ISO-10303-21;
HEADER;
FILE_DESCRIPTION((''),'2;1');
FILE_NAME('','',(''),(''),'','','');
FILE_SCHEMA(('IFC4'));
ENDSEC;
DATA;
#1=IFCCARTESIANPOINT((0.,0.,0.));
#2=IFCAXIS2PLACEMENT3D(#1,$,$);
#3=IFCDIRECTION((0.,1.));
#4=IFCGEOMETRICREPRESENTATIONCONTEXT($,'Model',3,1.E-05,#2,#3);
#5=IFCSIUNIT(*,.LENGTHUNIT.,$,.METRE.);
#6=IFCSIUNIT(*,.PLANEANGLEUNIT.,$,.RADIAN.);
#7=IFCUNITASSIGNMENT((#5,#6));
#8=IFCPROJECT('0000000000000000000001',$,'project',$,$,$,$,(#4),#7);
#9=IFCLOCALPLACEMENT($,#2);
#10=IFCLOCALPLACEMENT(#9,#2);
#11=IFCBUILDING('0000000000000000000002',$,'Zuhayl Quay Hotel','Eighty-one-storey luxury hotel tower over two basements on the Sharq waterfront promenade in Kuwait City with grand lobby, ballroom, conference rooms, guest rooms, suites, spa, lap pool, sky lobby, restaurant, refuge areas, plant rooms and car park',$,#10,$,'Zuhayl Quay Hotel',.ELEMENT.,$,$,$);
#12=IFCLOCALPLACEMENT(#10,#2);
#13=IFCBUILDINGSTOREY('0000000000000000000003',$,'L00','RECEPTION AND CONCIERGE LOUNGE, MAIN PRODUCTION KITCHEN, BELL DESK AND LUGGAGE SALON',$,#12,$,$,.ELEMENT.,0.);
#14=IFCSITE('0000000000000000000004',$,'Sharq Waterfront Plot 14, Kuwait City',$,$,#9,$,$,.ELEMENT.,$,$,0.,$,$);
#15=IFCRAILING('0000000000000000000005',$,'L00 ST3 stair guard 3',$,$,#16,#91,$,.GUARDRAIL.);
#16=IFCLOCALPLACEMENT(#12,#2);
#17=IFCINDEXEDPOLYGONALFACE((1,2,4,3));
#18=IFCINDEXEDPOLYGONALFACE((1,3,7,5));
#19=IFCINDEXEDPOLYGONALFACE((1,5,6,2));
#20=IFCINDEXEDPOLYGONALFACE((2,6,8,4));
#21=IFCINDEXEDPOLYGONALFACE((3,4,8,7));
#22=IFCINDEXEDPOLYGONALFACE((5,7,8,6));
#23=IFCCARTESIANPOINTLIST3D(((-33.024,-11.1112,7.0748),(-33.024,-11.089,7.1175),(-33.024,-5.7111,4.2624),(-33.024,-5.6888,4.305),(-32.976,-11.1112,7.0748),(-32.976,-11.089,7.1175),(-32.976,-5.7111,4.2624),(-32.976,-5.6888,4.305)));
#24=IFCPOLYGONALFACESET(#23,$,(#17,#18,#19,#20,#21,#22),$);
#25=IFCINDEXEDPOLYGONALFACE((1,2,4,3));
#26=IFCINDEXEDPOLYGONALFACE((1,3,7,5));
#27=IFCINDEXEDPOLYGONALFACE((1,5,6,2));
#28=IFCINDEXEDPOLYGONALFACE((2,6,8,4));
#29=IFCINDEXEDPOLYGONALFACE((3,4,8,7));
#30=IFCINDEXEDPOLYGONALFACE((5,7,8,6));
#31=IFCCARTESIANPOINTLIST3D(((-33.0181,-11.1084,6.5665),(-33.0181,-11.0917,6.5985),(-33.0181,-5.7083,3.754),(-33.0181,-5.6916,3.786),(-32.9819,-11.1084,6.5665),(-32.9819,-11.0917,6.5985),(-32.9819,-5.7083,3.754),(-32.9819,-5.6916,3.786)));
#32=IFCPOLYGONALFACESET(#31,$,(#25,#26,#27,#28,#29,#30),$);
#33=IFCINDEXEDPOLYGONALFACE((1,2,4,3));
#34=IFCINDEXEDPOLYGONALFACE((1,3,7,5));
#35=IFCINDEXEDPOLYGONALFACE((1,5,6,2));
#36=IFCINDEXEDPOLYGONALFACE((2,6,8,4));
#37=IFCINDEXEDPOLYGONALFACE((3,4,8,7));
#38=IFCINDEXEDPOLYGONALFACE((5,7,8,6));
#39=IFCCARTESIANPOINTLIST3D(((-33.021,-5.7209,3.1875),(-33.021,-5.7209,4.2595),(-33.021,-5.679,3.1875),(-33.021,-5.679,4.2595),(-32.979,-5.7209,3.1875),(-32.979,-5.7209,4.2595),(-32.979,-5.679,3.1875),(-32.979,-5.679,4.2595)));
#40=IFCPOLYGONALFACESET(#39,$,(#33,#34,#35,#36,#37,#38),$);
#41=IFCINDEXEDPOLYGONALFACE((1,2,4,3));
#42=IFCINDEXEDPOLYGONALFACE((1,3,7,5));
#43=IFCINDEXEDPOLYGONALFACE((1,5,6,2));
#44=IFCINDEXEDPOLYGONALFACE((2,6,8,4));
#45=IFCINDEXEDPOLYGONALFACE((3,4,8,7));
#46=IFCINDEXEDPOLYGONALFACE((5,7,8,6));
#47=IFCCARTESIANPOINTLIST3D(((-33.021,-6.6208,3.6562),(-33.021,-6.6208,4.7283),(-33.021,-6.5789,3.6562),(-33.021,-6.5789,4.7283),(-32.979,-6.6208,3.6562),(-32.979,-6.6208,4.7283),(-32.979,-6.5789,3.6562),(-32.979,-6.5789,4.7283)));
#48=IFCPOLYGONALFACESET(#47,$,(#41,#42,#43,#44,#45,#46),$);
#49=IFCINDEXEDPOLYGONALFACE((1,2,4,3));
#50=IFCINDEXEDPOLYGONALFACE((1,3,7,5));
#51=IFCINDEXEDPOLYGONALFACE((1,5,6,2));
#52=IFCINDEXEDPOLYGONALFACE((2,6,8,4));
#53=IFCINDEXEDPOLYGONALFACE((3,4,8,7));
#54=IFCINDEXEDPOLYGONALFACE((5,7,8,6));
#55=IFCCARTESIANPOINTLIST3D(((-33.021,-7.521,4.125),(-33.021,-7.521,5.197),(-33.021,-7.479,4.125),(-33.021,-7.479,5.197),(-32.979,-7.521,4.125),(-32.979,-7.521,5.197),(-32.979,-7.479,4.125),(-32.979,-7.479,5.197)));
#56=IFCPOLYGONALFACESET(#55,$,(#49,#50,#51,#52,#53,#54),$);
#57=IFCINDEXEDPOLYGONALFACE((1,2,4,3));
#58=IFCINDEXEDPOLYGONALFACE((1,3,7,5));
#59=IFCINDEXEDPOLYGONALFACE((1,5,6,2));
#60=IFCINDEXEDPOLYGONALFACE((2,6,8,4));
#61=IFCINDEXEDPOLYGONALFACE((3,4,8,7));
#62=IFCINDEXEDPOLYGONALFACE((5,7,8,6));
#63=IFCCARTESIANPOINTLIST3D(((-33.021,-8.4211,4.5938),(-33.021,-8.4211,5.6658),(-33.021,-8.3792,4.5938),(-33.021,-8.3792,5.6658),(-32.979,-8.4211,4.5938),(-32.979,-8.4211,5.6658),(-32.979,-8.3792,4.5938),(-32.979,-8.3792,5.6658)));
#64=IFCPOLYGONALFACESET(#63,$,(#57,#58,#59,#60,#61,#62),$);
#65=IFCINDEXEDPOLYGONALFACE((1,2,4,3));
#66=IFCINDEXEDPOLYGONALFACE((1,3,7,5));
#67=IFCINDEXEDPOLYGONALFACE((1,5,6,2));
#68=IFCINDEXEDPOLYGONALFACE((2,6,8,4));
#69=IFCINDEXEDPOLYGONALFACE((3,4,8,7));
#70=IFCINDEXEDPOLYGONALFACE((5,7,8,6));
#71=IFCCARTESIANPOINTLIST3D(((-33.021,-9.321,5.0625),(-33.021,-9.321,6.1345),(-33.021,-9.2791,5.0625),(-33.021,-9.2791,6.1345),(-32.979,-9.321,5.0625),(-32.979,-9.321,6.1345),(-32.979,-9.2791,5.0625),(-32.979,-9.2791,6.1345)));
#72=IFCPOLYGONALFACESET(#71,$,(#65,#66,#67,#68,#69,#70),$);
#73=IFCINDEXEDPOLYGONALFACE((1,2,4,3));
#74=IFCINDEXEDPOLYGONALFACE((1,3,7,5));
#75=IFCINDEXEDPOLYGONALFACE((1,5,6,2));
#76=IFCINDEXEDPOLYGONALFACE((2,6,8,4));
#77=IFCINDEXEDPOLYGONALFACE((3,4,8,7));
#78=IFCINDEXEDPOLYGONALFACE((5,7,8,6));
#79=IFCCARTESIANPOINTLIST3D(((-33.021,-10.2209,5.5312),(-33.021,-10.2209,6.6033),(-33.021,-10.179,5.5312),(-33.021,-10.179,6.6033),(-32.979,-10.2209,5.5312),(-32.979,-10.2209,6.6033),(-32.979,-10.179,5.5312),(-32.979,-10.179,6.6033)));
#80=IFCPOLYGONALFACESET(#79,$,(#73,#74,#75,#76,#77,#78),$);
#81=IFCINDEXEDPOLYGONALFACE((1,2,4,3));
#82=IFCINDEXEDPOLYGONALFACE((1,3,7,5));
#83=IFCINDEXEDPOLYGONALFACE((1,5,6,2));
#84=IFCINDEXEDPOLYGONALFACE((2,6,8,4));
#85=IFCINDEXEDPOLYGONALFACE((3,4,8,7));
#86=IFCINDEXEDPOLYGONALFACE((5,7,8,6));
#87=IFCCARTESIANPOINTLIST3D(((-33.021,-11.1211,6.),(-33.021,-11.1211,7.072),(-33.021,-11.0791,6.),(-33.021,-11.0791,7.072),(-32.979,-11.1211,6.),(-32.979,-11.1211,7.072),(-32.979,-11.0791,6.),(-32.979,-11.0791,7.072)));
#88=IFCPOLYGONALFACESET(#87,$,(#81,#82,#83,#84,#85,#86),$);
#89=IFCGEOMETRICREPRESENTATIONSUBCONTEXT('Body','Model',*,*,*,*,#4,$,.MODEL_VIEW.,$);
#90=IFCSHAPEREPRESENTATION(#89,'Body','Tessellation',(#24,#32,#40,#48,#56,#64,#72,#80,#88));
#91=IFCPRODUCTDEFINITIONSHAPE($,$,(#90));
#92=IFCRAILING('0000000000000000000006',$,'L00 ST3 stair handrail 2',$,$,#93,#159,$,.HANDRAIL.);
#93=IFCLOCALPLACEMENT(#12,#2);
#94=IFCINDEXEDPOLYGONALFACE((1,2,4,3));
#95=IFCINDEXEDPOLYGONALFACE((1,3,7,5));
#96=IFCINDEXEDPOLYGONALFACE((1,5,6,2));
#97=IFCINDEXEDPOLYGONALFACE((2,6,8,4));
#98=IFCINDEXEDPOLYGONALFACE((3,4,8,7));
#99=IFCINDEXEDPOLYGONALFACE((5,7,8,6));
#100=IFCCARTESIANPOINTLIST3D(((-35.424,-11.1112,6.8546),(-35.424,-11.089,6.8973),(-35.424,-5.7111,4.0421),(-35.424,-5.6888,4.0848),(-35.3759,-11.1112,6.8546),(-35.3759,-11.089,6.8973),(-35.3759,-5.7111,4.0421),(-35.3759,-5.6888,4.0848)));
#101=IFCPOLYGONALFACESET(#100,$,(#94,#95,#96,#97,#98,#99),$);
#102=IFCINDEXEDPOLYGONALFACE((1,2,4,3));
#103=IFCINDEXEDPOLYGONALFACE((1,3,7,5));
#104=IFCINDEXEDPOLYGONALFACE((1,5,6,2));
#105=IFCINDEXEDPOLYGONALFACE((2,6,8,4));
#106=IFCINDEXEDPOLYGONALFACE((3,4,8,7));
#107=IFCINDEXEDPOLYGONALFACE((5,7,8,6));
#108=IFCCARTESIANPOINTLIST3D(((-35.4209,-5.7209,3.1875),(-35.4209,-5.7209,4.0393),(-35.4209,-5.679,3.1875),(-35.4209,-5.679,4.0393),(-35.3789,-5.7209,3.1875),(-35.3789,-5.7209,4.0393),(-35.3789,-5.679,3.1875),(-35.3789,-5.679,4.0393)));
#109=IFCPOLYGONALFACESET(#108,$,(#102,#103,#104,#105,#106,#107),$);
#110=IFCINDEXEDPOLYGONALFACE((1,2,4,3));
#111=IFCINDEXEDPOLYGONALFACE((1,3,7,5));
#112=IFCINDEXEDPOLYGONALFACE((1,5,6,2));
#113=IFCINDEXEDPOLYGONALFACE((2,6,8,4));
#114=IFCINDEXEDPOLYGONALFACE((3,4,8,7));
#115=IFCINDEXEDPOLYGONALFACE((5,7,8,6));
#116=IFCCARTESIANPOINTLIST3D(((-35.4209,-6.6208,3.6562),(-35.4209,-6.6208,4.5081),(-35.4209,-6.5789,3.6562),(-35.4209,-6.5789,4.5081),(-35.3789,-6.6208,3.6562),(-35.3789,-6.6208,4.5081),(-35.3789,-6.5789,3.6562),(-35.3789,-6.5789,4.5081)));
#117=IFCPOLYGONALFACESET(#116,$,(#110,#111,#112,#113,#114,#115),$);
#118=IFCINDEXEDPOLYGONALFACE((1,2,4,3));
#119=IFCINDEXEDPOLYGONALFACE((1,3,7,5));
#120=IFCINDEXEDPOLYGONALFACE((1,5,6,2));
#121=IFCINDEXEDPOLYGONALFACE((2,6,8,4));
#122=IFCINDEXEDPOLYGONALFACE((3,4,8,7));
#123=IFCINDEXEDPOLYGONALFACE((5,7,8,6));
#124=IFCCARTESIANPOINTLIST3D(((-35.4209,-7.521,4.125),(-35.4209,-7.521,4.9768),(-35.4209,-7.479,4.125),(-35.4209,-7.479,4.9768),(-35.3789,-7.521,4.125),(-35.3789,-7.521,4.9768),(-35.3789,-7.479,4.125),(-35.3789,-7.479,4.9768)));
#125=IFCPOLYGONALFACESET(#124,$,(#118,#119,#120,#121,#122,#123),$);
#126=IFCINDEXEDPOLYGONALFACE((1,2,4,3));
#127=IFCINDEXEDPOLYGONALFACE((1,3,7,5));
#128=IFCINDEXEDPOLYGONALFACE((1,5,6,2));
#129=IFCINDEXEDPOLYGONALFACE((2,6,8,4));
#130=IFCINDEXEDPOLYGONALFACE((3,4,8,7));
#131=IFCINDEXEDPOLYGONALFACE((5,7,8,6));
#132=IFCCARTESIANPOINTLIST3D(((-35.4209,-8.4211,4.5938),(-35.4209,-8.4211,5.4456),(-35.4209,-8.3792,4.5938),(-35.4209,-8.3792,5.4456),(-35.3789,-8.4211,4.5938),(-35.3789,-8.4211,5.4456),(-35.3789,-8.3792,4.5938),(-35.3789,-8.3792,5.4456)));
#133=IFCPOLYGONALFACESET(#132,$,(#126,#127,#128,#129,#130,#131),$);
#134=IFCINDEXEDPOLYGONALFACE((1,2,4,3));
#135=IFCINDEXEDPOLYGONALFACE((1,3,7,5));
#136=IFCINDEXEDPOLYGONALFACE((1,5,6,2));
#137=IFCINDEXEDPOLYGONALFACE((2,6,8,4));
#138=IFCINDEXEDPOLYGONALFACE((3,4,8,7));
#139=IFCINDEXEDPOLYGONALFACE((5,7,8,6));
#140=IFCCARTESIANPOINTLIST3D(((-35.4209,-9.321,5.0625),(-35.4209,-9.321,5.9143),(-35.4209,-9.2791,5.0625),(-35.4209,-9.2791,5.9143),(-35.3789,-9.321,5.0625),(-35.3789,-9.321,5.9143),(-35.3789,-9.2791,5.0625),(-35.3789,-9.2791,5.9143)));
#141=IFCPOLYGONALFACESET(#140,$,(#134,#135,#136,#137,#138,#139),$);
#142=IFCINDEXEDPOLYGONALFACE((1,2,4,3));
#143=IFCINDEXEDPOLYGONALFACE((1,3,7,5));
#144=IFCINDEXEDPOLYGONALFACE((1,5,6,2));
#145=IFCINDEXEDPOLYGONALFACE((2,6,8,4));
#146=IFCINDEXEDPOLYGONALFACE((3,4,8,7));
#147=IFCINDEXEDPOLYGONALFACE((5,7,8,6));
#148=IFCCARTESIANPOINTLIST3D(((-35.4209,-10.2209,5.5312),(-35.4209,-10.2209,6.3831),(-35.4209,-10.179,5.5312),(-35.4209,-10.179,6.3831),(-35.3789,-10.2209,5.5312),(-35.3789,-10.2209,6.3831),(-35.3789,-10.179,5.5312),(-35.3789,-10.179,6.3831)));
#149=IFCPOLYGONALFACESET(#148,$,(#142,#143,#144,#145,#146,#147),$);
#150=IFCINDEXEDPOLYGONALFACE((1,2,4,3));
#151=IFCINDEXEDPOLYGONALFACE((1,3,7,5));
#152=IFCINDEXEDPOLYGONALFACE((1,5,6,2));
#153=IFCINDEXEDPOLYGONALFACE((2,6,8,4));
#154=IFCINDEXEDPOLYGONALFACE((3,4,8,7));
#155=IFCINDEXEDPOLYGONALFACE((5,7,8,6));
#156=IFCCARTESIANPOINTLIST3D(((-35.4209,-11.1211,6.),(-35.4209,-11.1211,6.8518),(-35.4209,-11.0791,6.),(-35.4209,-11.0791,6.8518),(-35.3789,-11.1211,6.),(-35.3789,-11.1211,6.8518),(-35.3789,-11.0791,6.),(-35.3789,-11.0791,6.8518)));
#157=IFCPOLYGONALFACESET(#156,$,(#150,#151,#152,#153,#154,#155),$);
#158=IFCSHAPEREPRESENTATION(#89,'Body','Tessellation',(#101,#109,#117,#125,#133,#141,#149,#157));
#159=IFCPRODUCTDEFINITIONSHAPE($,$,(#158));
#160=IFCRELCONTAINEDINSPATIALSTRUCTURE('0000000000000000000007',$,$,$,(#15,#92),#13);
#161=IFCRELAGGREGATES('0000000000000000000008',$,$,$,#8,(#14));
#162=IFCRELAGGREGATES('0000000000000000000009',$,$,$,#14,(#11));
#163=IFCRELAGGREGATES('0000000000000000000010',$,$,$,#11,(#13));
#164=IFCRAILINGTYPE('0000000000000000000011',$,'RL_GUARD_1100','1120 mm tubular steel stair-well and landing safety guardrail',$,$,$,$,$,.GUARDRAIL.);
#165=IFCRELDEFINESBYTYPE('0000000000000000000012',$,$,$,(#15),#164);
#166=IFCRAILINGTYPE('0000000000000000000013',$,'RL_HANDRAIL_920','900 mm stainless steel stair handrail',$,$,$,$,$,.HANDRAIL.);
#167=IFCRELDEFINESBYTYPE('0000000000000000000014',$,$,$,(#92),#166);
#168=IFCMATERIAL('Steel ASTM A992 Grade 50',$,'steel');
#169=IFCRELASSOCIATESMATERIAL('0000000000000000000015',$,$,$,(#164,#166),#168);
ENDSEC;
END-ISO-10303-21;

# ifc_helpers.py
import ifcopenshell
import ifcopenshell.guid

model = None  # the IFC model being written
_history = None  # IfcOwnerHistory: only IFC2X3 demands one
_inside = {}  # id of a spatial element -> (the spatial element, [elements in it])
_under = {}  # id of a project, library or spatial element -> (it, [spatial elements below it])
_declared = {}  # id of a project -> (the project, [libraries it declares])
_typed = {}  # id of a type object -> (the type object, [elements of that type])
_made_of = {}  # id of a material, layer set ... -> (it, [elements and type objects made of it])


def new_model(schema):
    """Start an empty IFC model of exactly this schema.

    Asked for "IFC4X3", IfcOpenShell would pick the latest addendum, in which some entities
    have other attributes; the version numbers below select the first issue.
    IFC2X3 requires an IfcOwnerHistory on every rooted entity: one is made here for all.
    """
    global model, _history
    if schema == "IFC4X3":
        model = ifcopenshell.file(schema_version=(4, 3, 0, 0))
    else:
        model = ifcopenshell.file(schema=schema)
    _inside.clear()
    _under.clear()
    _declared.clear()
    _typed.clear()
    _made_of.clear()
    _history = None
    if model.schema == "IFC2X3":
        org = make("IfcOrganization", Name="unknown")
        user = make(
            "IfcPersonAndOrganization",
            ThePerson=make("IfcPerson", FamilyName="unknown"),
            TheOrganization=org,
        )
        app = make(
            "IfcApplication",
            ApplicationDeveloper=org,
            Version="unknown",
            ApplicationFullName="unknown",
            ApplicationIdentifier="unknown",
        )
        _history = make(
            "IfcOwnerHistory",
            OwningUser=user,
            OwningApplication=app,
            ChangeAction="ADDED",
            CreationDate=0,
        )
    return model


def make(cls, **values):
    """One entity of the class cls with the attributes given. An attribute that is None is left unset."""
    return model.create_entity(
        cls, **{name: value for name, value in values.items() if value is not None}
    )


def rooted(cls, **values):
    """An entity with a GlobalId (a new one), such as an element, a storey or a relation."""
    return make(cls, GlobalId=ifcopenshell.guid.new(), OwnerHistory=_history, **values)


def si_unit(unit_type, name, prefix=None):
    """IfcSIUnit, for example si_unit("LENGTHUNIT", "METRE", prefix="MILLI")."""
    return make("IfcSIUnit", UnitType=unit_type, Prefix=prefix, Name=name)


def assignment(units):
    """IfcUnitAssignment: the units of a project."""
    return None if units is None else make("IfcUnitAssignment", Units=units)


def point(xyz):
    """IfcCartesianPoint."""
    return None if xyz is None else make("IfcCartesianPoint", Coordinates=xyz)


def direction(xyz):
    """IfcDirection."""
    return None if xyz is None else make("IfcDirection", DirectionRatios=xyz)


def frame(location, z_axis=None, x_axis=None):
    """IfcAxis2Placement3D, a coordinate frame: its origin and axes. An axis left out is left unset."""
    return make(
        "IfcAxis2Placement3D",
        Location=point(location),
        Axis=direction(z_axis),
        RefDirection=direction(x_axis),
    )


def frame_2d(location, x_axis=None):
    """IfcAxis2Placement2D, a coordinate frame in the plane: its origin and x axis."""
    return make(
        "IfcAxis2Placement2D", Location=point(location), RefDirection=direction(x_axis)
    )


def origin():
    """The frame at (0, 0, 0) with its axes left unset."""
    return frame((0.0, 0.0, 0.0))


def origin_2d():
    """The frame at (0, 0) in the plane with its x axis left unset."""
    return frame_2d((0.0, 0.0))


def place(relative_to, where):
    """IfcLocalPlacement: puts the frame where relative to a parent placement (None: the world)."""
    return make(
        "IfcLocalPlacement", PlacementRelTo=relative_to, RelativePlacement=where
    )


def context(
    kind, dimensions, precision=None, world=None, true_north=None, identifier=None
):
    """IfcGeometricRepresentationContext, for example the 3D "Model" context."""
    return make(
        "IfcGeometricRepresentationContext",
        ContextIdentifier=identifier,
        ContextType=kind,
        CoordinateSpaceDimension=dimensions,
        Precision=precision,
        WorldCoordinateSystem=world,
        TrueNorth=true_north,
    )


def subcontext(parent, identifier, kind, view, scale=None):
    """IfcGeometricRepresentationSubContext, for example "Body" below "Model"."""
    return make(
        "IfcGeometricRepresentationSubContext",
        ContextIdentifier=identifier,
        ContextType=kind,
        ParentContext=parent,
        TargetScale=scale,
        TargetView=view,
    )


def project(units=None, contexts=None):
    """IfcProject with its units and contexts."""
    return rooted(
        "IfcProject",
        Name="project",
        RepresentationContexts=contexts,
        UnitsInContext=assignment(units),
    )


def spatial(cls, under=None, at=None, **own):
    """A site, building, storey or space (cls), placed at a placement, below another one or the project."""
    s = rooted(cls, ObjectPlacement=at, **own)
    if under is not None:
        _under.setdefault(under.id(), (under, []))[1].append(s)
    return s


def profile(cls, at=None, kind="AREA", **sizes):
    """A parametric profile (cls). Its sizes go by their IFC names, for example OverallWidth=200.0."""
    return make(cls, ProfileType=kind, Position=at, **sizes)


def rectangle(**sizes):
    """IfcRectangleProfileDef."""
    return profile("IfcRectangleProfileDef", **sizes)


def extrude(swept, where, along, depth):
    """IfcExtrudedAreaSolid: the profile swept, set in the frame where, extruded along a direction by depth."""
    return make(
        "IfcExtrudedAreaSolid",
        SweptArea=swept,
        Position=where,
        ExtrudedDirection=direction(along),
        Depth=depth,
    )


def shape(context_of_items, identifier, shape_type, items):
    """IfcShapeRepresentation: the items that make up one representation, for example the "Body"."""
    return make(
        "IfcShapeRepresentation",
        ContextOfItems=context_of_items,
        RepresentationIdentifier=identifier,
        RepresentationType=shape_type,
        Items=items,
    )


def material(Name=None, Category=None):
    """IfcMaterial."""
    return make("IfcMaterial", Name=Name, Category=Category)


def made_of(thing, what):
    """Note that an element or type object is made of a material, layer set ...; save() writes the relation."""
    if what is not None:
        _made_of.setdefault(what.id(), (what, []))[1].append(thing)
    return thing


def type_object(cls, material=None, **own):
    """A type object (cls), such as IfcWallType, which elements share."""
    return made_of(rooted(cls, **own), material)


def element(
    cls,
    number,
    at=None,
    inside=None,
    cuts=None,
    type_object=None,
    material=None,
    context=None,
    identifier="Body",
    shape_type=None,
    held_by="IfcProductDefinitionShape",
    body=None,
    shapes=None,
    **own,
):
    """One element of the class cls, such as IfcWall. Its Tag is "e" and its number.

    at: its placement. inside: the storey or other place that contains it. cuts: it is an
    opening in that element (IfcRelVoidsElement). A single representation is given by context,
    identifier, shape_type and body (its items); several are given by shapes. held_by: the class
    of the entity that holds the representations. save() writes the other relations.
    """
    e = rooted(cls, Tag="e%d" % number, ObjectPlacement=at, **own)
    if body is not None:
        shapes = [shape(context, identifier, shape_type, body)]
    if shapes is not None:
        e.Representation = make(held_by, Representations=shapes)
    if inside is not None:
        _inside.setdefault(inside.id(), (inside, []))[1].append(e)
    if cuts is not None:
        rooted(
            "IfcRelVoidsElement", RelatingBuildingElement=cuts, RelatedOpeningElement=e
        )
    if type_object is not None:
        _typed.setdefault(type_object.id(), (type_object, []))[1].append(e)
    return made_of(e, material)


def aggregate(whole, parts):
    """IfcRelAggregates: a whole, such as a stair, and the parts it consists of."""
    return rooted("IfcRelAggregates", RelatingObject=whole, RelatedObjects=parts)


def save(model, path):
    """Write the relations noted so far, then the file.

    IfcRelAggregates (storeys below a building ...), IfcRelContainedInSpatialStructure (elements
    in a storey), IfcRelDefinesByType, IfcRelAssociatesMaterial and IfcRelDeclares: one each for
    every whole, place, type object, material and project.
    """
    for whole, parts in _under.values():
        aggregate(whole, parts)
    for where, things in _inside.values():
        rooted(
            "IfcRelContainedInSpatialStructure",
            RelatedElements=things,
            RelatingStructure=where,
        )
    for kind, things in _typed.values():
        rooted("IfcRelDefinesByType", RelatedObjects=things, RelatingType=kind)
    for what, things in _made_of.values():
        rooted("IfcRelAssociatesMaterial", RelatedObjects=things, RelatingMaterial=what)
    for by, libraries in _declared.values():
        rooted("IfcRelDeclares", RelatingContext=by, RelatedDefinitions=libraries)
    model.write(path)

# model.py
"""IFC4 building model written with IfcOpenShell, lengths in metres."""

from ifc_helpers import new_model, si_unit, direction, frame, origin, origin_2d, place, context, subcontext, project, spatial, rectangle, extrude, material, type_object, element, save


model = new_model("IFC4")

# Units and contexts
model_context = context("Model", 3, precision=1e-05, world=origin(), true_north=direction((0.0, 1.0)))
body_context = subcontext(model_context, "Body", "Model", "MODEL_VIEW")
ifc_project = project(units=[si_unit("LENGTHUNIT", "METRE"), si_unit("PLANEANGLEUNIT", "RADIAN")], contexts=[model_context])

# Site, building, storey
site_placement = place(None, origin())
site = spatial("IfcSite", under=ifc_project, at=site_placement, Name="Sharq Waterfront Plot 14, Kuwait City", CompositionType="ELEMENT", RefElevation=0.0)
building_placement = place(site_placement, origin())
building = spatial("IfcBuilding", under=site, at=building_placement, Name="Zuhayl Quay Hotel", Description="Eighty-one-storey luxury hotel tower over two basements on the Sharq waterfront promenade in Kuwait City with grand lobby, ballroom, conference rooms, guest rooms, suites, spa, lap pool, sky lobby, restaurant, refuge areas, plant rooms and car park", LongName="Zuhayl Quay Hotel", CompositionType="ELEMENT")
storey_placement = place(building_placement, origin())
storey = spatial("IfcBuildingStorey", under=building, at=storey_placement, Name="L00", Description="RECEPTION AND CONCIERGE LOUNGE, MAIN PRODUCTION KITCHEN, BELL DESK AND LUGGAGE SALON", CompositionType="ELEMENT", Elevation=0.0)

# Shared definitions
ifc_material_1 = material(Name="Steel ASTM A992 Grade 50", Category="steel")

# Railings
railing_type_1 = type_object("IfcRailingType", Name="RL_GUARD_1100", Description="1120 mm tubular steel stair-well and landing safety guardrail", PredefinedType="GUARDRAIL", material=ifc_material_1)
railing_1_placement = place(storey_placement, frame((-33.0, -5.7, 3.1875)))
element("IfcRailing", 1, at=railing_1_placement, inside=storey, type_object=railing_type_1, Name="L00 ST3 stair guard 3", PredefinedType="GUARDRAIL", context=body_context, shape_type="SweptSolid", body=[
    extrude(rectangle(XDim=0.0481, YDim=0.0481, at=origin_2d()), frame((0.0, 0.0, 1.0962), z_axis=(0.0, -0.886919, 0.461925), x_axis=(1.0, 0.0, 0.0)), (0.0, 0.0, 1.0), 6.0886),
    extrude(rectangle(XDim=0.0361, YDim=0.0361, at=origin_2d()), frame((0.0, 0.0, 0.5825), z_axis=(0.0, -0.886919, 0.461925), x_axis=(1.0, 0.0, 0.0)), (0.0, 0.0, 1.0), 6.0886),
    extrude(rectangle(XDim=0.042, YDim=0.042, at=origin_2d()), origin(), (0.0, 0.0, 1.0), 1.072),
    extrude(rectangle(XDim=0.042, YDim=0.042, at=origin_2d()), frame((0.0, -0.8999, 0.4688)), (0.0, 0.0, 1.0), 1.072),
    extrude(rectangle(XDim=0.042, YDim=0.042, at=origin_2d()), frame((0.0, -1.8, 0.9375)), (0.0, 0.0, 1.0), 1.072),
    extrude(rectangle(XDim=0.042, YDim=0.042, at=origin_2d()), frame((0.0, -2.7002, 1.4062)), (0.0, 0.0, 1.0), 1.072),
    extrude(rectangle(XDim=0.042, YDim=0.042, at=origin_2d()), frame((0.0, -3.6001, 1.875)), (0.0, 0.0, 1.0), 1.072),
    extrude(rectangle(XDim=0.042, YDim=0.042, at=origin_2d()), frame((0.0, -4.5, 2.3438)), (0.0, 0.0, 1.0), 1.072),
    extrude(rectangle(XDim=0.042, YDim=0.042, at=origin_2d()), frame((0.0, -5.4001, 2.8125)), (0.0, 0.0, 1.0), 1.072),
])
railing_type_2 = type_object("IfcRailingType", Name="RL_HANDRAIL_920", Description="900 mm stainless steel stair handrail", PredefinedType="HANDRAIL", material=ifc_material_1)
railing_2_placement = place(storey_placement, frame((-35.3999, -5.7, 3.1875)))
element("IfcRailing", 2, at=railing_2_placement, inside=storey, type_object=railing_type_2, Name="L00 ST3 stair handrail 2", PredefinedType="HANDRAIL", context=body_context, shape_type="SweptSolid", body=[
    extrude(rectangle(XDim=0.0481, YDim=0.0481, at=origin_2d()), frame((0.0, 0.0, 0.876), z_axis=(0.0, -0.886919, 0.461925), x_axis=(1.0, 0.0, 0.0)), (0.0, 0.0, 1.0), 6.0886),
    extrude(rectangle(XDim=0.042, YDim=0.042, at=origin_2d()), origin(), (0.0, 0.0, 1.0), 0.8518),
    extrude(rectangle(XDim=0.042, YDim=0.042, at=origin_2d()), frame((0.0, -0.8999, 0.4688)), (0.0, 0.0, 1.0), 0.8518),
    extrude(rectangle(XDim=0.042, YDim=0.042, at=origin_2d()), frame((0.0, -1.8, 0.9375)), (0.0, 0.0, 1.0), 0.8518),
    extrude(rectangle(XDim=0.042, YDim=0.042, at=origin_2d()), frame((0.0, -2.7002, 1.4062)), (0.0, 0.0, 1.0), 0.8518),
    extrude(rectangle(XDim=0.042, YDim=0.042, at=origin_2d()), frame((0.0, -3.6001, 1.875)), (0.0, 0.0, 1.0), 0.8518),
    extrude(rectangle(XDim=0.042, YDim=0.042, at=origin_2d()), frame((0.0, -4.5, 2.3438)), (0.0, 0.0, 1.0), 0.8518),
    extrude(rectangle(XDim=0.042, YDim=0.042, at=origin_2d()), frame((0.0, -5.4001, 2.8125)), (0.0, 0.0, 1.0), 0.8518),
])

save(model, "model.ifc")
